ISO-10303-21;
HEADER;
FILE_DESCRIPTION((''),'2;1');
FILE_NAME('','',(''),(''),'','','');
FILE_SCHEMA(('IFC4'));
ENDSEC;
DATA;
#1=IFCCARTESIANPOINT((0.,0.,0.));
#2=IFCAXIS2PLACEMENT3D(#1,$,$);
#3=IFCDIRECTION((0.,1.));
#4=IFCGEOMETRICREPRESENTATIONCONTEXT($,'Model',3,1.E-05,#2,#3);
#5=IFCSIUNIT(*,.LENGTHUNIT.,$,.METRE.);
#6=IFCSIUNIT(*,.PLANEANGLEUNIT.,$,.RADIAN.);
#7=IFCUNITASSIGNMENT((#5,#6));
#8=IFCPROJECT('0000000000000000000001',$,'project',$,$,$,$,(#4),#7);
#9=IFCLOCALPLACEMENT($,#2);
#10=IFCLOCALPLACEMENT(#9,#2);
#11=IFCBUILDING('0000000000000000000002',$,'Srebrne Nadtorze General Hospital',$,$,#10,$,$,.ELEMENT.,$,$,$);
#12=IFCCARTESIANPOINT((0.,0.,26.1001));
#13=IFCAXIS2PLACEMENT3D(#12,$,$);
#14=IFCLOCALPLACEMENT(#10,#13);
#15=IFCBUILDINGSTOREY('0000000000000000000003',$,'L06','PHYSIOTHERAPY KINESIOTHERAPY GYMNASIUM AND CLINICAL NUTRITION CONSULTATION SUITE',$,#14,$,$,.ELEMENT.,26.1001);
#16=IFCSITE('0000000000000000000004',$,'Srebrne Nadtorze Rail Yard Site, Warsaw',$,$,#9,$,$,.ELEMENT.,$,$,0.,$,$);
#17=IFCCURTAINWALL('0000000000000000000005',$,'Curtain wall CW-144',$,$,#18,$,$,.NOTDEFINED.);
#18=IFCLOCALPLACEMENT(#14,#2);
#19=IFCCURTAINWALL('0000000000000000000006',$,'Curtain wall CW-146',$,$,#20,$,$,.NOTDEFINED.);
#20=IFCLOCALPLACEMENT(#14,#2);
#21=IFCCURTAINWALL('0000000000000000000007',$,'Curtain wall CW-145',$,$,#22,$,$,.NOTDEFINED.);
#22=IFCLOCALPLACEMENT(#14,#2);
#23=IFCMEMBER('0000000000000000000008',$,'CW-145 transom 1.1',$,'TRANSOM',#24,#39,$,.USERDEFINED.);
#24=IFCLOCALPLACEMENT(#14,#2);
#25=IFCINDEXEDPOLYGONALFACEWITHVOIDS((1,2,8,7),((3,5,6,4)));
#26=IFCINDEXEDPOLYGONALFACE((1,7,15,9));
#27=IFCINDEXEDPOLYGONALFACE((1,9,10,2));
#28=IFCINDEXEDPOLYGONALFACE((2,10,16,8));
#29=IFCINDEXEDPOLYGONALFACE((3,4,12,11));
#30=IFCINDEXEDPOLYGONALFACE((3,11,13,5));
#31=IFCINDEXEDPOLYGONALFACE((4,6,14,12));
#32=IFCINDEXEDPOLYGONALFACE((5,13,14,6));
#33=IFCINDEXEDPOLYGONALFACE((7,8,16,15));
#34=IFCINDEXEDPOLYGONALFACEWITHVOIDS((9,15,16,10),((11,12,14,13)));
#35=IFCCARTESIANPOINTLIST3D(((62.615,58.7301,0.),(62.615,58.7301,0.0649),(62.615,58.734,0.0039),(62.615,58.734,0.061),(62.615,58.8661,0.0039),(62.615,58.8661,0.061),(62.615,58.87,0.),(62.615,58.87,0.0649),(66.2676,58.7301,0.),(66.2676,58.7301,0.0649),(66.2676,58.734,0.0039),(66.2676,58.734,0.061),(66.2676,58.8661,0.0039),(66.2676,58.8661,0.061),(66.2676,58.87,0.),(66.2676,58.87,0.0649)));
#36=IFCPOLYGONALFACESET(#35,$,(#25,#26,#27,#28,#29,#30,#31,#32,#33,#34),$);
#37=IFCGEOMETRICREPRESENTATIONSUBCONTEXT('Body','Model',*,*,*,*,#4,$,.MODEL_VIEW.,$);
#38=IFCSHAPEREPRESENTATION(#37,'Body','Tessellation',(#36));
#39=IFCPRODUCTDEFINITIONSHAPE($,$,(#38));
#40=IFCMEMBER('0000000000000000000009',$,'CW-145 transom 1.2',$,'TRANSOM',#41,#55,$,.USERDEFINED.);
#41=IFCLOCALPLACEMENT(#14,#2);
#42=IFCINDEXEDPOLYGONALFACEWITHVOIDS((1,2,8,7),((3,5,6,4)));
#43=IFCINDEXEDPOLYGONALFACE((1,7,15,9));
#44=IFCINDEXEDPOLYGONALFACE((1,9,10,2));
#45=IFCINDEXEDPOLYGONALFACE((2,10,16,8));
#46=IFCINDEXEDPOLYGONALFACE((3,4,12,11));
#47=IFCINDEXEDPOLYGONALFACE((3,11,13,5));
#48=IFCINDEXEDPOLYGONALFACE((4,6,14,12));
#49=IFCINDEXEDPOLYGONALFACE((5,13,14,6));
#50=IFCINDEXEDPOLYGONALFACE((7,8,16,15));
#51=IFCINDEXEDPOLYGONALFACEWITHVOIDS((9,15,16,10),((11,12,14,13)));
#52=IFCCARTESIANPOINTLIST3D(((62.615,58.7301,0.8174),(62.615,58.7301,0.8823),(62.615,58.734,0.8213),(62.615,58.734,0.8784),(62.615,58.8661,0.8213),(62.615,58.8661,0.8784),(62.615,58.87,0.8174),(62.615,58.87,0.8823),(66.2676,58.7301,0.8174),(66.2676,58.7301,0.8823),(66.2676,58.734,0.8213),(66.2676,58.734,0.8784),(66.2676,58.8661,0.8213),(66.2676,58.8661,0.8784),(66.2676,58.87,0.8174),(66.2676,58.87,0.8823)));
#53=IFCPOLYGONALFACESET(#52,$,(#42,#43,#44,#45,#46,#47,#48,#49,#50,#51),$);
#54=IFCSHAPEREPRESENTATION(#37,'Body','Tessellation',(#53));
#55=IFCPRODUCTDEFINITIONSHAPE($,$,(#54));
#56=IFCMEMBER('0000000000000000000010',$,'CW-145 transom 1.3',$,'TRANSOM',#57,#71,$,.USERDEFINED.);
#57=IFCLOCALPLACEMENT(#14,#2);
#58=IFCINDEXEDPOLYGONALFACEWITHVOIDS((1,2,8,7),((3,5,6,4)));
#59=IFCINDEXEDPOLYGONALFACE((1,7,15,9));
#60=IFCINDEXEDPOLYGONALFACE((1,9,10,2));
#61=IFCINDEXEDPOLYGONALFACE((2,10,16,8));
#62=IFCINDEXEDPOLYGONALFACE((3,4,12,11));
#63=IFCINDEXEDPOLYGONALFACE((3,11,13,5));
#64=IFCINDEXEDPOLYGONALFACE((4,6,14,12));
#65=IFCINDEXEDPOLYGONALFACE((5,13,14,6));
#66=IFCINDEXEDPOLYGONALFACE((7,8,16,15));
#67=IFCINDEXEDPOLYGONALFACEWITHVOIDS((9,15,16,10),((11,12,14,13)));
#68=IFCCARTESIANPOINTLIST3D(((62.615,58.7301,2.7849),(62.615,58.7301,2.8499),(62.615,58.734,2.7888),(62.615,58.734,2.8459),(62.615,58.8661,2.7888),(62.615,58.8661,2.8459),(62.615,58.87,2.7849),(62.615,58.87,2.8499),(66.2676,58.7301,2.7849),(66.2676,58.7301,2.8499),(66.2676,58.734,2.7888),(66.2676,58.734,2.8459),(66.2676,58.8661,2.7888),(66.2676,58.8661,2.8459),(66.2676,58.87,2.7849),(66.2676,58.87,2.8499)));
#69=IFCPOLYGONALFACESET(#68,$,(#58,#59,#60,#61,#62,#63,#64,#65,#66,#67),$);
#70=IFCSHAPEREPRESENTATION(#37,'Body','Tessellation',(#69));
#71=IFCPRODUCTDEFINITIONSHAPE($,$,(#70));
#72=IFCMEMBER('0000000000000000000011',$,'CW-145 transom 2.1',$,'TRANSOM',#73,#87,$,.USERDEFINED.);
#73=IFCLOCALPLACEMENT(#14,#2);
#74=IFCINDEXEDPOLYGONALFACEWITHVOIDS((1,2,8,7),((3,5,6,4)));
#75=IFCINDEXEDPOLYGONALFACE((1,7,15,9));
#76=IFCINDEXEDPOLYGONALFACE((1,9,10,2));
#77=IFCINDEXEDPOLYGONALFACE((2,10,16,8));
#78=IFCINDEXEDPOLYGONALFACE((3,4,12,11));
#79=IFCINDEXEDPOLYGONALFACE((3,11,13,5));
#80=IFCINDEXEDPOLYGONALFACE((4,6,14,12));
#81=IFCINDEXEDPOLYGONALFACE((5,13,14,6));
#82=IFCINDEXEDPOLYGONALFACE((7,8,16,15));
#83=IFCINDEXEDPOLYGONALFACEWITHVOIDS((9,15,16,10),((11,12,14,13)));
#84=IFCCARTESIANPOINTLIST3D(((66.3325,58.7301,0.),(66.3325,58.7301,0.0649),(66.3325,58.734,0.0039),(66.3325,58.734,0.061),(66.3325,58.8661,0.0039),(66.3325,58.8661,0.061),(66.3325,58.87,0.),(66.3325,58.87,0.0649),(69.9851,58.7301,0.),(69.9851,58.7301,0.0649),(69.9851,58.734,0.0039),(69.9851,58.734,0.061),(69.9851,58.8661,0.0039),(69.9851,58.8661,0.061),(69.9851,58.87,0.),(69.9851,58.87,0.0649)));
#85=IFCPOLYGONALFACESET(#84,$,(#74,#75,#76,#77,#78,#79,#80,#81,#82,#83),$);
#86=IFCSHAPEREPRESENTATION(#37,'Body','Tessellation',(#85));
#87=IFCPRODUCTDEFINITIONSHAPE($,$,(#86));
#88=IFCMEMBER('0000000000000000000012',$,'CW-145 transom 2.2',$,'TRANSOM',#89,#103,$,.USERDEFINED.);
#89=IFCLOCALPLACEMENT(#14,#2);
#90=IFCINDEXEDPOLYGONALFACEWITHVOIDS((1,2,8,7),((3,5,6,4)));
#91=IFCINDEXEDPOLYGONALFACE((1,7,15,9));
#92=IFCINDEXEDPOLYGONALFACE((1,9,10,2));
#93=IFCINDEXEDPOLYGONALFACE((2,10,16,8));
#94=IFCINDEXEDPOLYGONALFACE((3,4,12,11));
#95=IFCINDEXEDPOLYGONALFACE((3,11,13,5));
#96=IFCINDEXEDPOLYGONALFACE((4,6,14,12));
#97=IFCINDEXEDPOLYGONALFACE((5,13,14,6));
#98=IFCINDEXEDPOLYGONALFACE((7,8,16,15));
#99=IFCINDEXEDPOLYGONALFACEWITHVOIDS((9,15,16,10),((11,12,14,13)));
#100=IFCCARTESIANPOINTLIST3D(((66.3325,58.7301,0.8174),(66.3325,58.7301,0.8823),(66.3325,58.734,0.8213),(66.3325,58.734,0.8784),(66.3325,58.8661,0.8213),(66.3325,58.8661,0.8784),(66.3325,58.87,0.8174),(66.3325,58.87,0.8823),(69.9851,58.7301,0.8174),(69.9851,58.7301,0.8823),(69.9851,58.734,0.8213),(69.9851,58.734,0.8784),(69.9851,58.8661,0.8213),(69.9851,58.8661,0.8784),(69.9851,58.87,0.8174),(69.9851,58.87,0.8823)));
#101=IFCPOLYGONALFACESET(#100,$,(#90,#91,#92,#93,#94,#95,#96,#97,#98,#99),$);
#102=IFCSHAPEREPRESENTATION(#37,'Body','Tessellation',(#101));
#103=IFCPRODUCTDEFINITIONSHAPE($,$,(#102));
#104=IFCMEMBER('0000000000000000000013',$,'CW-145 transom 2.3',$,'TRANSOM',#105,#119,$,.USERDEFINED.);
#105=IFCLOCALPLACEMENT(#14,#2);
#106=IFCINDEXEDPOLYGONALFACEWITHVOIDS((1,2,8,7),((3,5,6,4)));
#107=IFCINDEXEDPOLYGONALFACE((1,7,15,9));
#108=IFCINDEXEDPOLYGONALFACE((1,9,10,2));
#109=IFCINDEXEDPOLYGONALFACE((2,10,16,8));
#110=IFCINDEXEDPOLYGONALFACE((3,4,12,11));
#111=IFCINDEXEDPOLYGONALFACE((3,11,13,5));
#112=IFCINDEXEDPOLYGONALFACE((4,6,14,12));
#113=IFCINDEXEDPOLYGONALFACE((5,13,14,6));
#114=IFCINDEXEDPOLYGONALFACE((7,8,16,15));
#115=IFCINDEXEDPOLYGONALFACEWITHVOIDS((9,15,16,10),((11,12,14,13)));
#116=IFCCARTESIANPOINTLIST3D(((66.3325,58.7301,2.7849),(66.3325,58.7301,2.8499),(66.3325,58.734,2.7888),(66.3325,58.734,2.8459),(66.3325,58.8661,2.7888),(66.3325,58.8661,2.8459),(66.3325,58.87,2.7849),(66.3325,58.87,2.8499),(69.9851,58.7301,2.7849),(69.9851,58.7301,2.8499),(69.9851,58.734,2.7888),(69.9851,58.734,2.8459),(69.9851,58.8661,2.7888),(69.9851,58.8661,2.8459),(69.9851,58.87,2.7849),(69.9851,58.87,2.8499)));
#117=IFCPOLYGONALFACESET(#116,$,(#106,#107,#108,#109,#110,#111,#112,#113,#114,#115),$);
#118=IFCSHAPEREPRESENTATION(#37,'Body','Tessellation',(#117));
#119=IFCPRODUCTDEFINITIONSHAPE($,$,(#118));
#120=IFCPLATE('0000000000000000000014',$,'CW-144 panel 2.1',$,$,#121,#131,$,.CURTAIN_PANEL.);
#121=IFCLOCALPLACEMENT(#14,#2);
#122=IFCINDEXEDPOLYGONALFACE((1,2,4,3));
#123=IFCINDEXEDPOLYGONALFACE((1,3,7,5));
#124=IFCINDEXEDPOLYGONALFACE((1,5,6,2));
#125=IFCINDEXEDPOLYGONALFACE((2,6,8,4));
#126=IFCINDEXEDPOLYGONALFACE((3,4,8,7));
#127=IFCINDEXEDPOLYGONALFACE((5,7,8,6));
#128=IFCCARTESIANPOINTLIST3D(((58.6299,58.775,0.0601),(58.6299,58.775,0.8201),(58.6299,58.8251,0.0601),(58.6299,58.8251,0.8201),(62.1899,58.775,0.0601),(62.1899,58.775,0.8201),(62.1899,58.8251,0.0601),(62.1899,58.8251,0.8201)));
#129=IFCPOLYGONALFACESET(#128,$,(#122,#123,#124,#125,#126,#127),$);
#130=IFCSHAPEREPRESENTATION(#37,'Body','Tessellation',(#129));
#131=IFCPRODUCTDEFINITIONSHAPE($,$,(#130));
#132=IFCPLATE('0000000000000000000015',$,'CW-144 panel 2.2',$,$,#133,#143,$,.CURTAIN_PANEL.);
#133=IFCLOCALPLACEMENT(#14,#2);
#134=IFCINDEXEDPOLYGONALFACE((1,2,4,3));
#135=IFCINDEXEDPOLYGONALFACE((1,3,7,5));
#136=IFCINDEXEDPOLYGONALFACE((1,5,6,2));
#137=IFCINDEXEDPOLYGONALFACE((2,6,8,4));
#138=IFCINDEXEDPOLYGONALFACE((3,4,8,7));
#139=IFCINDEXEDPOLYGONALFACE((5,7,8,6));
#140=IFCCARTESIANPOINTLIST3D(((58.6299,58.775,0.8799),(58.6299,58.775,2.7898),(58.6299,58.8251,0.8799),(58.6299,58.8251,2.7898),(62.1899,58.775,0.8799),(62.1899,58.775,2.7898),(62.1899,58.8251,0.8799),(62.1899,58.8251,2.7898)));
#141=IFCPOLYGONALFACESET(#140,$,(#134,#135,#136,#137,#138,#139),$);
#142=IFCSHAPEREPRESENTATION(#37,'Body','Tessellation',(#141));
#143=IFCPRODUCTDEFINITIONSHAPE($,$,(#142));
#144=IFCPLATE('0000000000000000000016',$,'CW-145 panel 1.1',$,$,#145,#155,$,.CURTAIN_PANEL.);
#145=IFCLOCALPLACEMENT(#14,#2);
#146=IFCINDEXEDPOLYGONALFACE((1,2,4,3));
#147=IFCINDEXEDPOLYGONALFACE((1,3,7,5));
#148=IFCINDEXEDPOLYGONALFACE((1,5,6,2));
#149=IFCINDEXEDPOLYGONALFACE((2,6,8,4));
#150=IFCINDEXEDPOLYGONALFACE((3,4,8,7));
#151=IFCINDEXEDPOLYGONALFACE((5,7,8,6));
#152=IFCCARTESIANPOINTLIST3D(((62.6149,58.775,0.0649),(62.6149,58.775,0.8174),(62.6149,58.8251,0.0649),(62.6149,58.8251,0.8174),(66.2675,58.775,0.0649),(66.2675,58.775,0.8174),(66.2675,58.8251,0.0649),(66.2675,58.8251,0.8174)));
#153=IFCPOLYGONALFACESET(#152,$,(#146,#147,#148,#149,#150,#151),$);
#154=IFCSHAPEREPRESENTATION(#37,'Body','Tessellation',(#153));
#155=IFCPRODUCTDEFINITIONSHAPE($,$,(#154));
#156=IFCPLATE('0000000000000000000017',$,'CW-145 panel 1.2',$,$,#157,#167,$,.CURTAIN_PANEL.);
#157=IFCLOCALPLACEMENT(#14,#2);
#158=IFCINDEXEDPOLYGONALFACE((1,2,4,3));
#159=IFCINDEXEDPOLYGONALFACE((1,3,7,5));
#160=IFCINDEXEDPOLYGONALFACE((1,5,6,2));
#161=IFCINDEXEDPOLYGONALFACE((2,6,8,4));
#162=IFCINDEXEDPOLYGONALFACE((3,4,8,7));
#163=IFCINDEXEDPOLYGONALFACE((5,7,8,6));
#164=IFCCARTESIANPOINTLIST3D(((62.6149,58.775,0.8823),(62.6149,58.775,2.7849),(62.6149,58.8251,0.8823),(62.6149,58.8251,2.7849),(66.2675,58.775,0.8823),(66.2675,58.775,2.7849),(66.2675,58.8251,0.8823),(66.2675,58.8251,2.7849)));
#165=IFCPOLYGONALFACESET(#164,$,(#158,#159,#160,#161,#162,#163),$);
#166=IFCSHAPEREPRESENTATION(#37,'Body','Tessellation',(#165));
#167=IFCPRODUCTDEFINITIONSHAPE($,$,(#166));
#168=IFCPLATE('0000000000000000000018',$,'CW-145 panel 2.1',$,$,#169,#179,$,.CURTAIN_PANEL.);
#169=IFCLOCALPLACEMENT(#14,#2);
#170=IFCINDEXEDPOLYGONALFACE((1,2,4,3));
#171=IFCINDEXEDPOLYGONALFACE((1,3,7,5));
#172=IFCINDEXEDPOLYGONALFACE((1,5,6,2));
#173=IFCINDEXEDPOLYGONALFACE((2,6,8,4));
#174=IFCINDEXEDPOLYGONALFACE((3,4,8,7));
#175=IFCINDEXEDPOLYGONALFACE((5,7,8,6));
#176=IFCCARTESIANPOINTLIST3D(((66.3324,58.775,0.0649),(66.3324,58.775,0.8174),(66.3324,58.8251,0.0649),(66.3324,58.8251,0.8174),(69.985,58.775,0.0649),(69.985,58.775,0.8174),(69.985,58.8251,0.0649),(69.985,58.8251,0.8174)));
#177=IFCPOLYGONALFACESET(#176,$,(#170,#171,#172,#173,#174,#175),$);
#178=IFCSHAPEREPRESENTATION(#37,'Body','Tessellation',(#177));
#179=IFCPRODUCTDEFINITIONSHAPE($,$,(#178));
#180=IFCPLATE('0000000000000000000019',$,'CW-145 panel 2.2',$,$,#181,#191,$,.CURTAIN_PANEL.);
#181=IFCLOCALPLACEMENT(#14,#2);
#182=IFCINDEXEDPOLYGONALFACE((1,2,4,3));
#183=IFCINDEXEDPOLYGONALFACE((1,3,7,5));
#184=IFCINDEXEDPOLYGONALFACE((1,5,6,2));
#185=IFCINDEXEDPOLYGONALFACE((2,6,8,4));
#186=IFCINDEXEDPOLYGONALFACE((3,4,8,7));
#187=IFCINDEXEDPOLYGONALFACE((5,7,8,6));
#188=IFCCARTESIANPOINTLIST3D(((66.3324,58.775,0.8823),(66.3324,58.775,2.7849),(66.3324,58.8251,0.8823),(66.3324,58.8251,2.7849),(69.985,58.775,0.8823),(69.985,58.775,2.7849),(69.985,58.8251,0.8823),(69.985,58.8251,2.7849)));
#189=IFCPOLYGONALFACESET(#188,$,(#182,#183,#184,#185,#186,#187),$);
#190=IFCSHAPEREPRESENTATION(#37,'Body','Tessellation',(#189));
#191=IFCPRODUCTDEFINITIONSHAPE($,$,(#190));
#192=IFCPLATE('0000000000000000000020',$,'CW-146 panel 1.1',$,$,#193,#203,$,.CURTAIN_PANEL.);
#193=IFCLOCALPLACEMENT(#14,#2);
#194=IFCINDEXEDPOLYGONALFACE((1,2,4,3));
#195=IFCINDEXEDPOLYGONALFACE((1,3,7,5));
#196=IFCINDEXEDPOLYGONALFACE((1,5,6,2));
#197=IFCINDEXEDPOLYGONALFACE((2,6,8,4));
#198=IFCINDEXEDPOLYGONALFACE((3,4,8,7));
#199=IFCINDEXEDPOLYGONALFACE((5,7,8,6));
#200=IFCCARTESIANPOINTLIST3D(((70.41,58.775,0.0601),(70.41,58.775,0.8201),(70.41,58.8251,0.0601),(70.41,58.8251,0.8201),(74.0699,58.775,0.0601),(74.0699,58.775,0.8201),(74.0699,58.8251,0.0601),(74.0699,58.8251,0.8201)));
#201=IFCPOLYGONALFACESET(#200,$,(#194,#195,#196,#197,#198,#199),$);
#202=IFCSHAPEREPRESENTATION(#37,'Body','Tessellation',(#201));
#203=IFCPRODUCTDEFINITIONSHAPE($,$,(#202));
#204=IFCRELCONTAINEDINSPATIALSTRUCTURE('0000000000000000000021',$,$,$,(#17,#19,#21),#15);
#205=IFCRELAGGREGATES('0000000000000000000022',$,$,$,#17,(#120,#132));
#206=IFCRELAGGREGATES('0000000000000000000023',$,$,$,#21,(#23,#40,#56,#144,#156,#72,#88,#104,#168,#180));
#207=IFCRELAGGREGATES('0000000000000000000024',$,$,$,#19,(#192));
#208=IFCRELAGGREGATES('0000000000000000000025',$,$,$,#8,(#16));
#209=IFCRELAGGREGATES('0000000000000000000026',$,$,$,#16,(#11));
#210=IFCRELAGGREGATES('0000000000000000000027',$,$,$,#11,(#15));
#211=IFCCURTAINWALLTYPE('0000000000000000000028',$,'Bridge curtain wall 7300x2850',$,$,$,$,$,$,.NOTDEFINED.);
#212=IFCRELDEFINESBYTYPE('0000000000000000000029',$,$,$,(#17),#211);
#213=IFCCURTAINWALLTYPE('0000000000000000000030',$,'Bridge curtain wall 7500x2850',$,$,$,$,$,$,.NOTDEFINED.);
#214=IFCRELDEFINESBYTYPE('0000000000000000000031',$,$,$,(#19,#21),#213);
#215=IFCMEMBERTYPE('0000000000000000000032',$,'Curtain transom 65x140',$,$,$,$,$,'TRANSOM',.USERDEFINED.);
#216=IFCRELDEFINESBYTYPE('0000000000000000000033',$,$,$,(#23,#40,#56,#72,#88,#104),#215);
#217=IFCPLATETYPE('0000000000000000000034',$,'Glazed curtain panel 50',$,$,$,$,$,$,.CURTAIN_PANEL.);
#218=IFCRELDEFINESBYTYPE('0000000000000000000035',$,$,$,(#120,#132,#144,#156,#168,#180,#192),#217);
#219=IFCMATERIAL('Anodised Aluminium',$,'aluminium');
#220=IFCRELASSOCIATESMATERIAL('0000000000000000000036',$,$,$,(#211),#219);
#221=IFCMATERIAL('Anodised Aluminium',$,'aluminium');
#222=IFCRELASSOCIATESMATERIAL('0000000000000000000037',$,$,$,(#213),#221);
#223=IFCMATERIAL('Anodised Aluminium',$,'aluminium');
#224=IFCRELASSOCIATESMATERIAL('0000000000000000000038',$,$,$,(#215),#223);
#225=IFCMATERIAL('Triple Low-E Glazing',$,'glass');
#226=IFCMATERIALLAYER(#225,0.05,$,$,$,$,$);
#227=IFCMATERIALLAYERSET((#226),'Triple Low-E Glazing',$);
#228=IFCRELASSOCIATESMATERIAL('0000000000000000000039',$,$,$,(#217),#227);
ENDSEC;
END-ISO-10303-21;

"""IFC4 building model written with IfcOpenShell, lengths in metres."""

from ifc_helpers import new_model, si_unit, direction, frame, origin, origin_2d, place, context, subcontext, project, spatial, rectangle, hollow_rectangle, extrude, material, layer, layer_set, material_profile, profile_set, type_object, element, aggregate, save


model = new_model("IFC4")

# Units and contexts
model_context = context("Model", 3, precision=1e-05, world=origin(), true_north=direction((0.0, 1.0)))
body_context = subcontext(model_context, "Body", "Model", "MODEL_VIEW")
ifc_project = project(units=[si_unit("LENGTHUNIT", "METRE"), si_unit("PLANEANGLEUNIT", "RADIAN")], contexts=[model_context])

# Site, building, storey
site_placement = place(None, origin())
site = spatial("IfcSite", under=ifc_project, at=site_placement, Name="Srebrne Nadtorze Rail Yard Site, Warsaw", CompositionType="ELEMENT", RefElevation=0.0)
building_placement = place(site_placement, origin())
building = spatial("IfcBuilding", under=site, at=building_placement, Name="Srebrne Nadtorze General Hospital", CompositionType="ELEMENT")
storey_placement = place(building_placement, frame((0.0, 0.0, 26.1001)))
storey = spatial("IfcBuildingStorey", under=building, at=storey_placement, Name="L06", Description="PHYSIOTHERAPY KINESIOTHERAPY GYMNASIUM AND CLINICAL NUTRITION CONSULTATION SUITE", CompositionType="ELEMENT", Elevation=26.1001)

# Curtain walls
ifc_material_1 = material(Name="Anodised Aluminium", Category="aluminium")
curtain_wall_type_1 = type_object("IfcCurtainWallType", Name="Bridge curtain wall 7300x2850", PredefinedType="NOTDEFINED", material=ifc_material_1)
curtain_wall_1_placement = place(storey_placement, origin())
curtain_wall_1 = element("IfcCurtainWall", 1, at=curtain_wall_1_placement, inside=storey, type_object=curtain_wall_type_1, Name="Curtain wall CW-144", PredefinedType="NOTDEFINED")
ifc_material_2 = material(Name="Anodised Aluminium", Category="aluminium")
curtain_wall_type_2 = type_object("IfcCurtainWallType", Name="Bridge curtain wall 7500x2850", PredefinedType="NOTDEFINED", material=ifc_material_2)
curtain_wall_2_placement = place(storey_placement, origin())
curtain_wall_2 = element("IfcCurtainWall", 2, at=curtain_wall_2_placement, inside=storey, type_object=curtain_wall_type_2, Name="Curtain wall CW-146", PredefinedType="NOTDEFINED")

# Curtain wall
curtain_wall_3_placement = place(storey_placement, origin())
curtain_wall_3 = element("IfcCurtainWall", 3, at=curtain_wall_3_placement, inside=storey, type_object=curtain_wall_type_2, Name="Curtain wall CW-145", PredefinedType="NOTDEFINED")

# Members
ifc_material_3 = material(Name="Anodised Aluminium", Category="aluminium")
ifc_material_profile_1 = material_profile(ifc_material_3, hollow_rectangle(XDim=0.0649, YDim=0.1399, WallThickness=0.0039, at=origin_2d()), Name="AL-TRN-65x140")
ifc_profile_set_1 = profile_set([ifc_material_profile_1], Name="Anodised Aluminium")
member_type_1 = type_object("IfcMemberType", Name="Curtain transom 65x140", ElementType="TRANSOM", PredefinedType="USERDEFINED", material=ifc_profile_set_1)
member_1_placement = place(storey_placement, frame((62.615, 58.8, 0.0325), z_axis=(1.0, 0.0, 0.0), x_axis=(0.0, 0.0, 1.0)))
member_1 = element("IfcMember", 4, at=member_1_placement, type_object=member_type_1, Name="CW-145 transom 1.1", ObjectType="TRANSOM", PredefinedType="USERDEFINED", context=body_context, shape_type="SweptSolid", body=[
    extrude(hollow_rectangle(XDim=0.0649, YDim=0.1399, WallThickness=0.0039, at=origin_2d()), origin(), (0.0, 0.0, 1.0), 3.6526),
])
member_2_placement = place(storey_placement, frame((62.615, 58.8, 0.8499), z_axis=(1.0, 0.0, 0.0), x_axis=(0.0, 0.0, 1.0)))
member_2 = element("IfcMember", 5, at=member_2_placement, type_object=member_type_1, Name="CW-145 transom 1.2", ObjectType="TRANSOM", PredefinedType="USERDEFINED", context=body_context, shape_type="SweptSolid", body=[
    extrude(hollow_rectangle(XDim=0.0649, YDim=0.1399, WallThickness=0.0039, at=origin_2d()), origin(), (0.0, 0.0, 1.0), 3.6526),
])
member_3_placement = place(storey_placement, frame((62.615, 58.8, 2.8174), z_axis=(1.0, 0.0, 0.0), x_axis=(0.0, 0.0, 1.0)))
member_3 = element("IfcMember", 6, at=member_3_placement, type_object=member_type_1, Name="CW-145 transom 1.3", ObjectType="TRANSOM", PredefinedType="USERDEFINED", context=body_context, shape_type="SweptSolid", body=[
    extrude(hollow_rectangle(XDim=0.0649, YDim=0.1399, WallThickness=0.0039, at=origin_2d()), origin(), (0.0, 0.0, 1.0), 3.6526),
])
member_4_placement = place(storey_placement, frame((66.3325, 58.8, 0.0325), z_axis=(1.0, 0.0, 0.0), x_axis=(0.0, 0.0, 1.0)))
member_4 = element("IfcMember", 7, at=member_4_placement, type_object=member_type_1, Name="CW-145 transom 2.1", ObjectType="TRANSOM", PredefinedType="USERDEFINED", context=body_context, shape_type="SweptSolid", body=[
    extrude(hollow_rectangle(XDim=0.0649, YDim=0.1399, WallThickness=0.0039, at=origin_2d()), origin(), (0.0, 0.0, 1.0), 3.6526),
])
member_5_placement = place(storey_placement, frame((66.3325, 58.8, 0.8499), z_axis=(1.0, 0.0, 0.0), x_axis=(0.0, 0.0, 1.0)))
member_5 = element("IfcMember", 8, at=member_5_placement, type_object=member_type_1, Name="CW-145 transom 2.2", ObjectType="TRANSOM", PredefinedType="USERDEFINED", context=body_context, shape_type="SweptSolid", body=[
    extrude(hollow_rectangle(XDim=0.0649, YDim=0.1399, WallThickness=0.0039, at=origin_2d()), origin(), (0.0, 0.0, 1.0), 3.6526),
])
member_6_placement = place(storey_placement, frame((66.3325, 58.8, 2.8174), z_axis=(1.0, 0.0, 0.0), x_axis=(0.0, 0.0, 1.0)))
member_6 = element("IfcMember", 9, at=member_6_placement, type_object=member_type_1, Name="CW-145 transom 2.3", ObjectType="TRANSOM", PredefinedType="USERDEFINED", context=body_context, shape_type="SweptSolid", body=[
    extrude(hollow_rectangle(XDim=0.0649, YDim=0.1399, WallThickness=0.0039, at=origin_2d()), origin(), (0.0, 0.0, 1.0), 3.6526),
])

# Plates
ifc_material_4 = material(Name="Triple Low-E Glazing", Category="glass")
ifc_layer = layer(ifc_material_4, 0.05)
ifc_layer_set = layer_set([ifc_layer], Name="Triple Low-E Glazing")
plate_type = type_object("IfcPlateType", Name="Glazed curtain panel 50", PredefinedType="CURTAIN_PANEL", material=ifc_layer_set)
plate_1_placement = place(storey_placement, frame((60.4099, 58.8, 0.0601), z_axis=(0.0, 0.0, 1.0), x_axis=(1.0, 0.0, 0.0)))
plate_1 = element("IfcPlate", 10, at=plate_1_placement, type_object=plate_type, Name="CW-144 panel 2.1", PredefinedType="CURTAIN_PANEL", context=body_context, shape_type="SweptSolid", body=[
    extrude(rectangle(XDim=3.5601, YDim=0.05, at=origin_2d()), origin(), (0.0, 0.0, 1.0), 0.76),
])
plate_2_placement = place(storey_placement, frame((60.4099, 58.8, 0.8799), z_axis=(0.0, 0.0, 1.0), x_axis=(1.0, 0.0, 0.0)))
plate_2 = element("IfcPlate", 11, at=plate_2_placement, type_object=plate_type, Name="CW-144 panel 2.2", PredefinedType="CURTAIN_PANEL", context=body_context, shape_type="SweptSolid", body=[
    extrude(rectangle(XDim=3.5601, YDim=0.05, at=origin_2d()), origin(), (0.0, 0.0, 1.0), 1.9099),
])
aggregate(curtain_wall_1, [plate_1, plate_2])
plate_3_placement = place(storey_placement, frame((64.4412, 58.8, 0.0649), z_axis=(0.0, 0.0, 1.0), x_axis=(1.0, 0.0, 0.0)))
plate_3 = element("IfcPlate", 12, at=plate_3_placement, type_object=plate_type, Name="CW-145 panel 1.1", PredefinedType="CURTAIN_PANEL", context=body_context, shape_type="SweptSolid", body=[
    extrude(rectangle(XDim=3.6526, YDim=0.05, at=origin_2d()), origin(), (0.0, 0.0, 1.0), 0.7524),
])
plate_4_placement = place(storey_placement, frame((64.4412, 58.8, 0.8823), z_axis=(0.0, 0.0, 1.0), x_axis=(1.0, 0.0, 0.0)))
plate_4 = element("IfcPlate", 13, at=plate_4_placement, type_object=plate_type, Name="CW-145 panel 1.2", PredefinedType="CURTAIN_PANEL", context=body_context, shape_type="SweptSolid", body=[
    extrude(rectangle(XDim=3.6526, YDim=0.05, at=origin_2d()), origin(), (0.0, 0.0, 1.0), 1.9026),
])
plate_5_placement = place(storey_placement, frame((68.1587, 58.8, 0.0649), z_axis=(0.0, 0.0, 1.0), x_axis=(1.0, 0.0, 0.0)))
plate_5 = element("IfcPlate", 14, at=plate_5_placement, type_object=plate_type, Name="CW-145 panel 2.1", PredefinedType="CURTAIN_PANEL", context=body_context, shape_type="SweptSolid", body=[
    extrude(rectangle(XDim=3.6526, YDim=0.05, at=origin_2d()), origin(), (0.0, 0.0, 1.0), 0.7524),
])
plate_6_placement = place(storey_placement, frame((68.1587, 58.8, 0.8823), z_axis=(0.0, 0.0, 1.0), x_axis=(1.0, 0.0, 0.0)))
plate_6 = element("IfcPlate", 15, at=plate_6_placement, type_object=plate_type, Name="CW-145 panel 2.2", PredefinedType="CURTAIN_PANEL", context=body_context, shape_type="SweptSolid", body=[
    extrude(rectangle(XDim=3.6526, YDim=0.05, at=origin_2d()), origin(), (0.0, 0.0, 1.0), 1.9026),
])
aggregate(curtain_wall_3, [member_1, member_2, member_3, plate_3, plate_4, member_4, member_5, member_6, plate_5, plate_6])
plate_7_placement = place(storey_placement, frame((72.24, 58.8, 0.0601), z_axis=(0.0, 0.0, 1.0), x_axis=(1.0, 0.0, 0.0)))
plate_7 = element("IfcPlate", 16, at=plate_7_placement, type_object=plate_type, Name="CW-146 panel 1.1", PredefinedType="CURTAIN_PANEL", context=body_context, shape_type="SweptSolid", body=[
    extrude(rectangle(XDim=3.6599, YDim=0.05, at=origin_2d()), origin(), (0.0, 0.0, 1.0), 0.76),
])
aggregate(curtain_wall_2, [plate_7])

save(model, "model.ifc")
